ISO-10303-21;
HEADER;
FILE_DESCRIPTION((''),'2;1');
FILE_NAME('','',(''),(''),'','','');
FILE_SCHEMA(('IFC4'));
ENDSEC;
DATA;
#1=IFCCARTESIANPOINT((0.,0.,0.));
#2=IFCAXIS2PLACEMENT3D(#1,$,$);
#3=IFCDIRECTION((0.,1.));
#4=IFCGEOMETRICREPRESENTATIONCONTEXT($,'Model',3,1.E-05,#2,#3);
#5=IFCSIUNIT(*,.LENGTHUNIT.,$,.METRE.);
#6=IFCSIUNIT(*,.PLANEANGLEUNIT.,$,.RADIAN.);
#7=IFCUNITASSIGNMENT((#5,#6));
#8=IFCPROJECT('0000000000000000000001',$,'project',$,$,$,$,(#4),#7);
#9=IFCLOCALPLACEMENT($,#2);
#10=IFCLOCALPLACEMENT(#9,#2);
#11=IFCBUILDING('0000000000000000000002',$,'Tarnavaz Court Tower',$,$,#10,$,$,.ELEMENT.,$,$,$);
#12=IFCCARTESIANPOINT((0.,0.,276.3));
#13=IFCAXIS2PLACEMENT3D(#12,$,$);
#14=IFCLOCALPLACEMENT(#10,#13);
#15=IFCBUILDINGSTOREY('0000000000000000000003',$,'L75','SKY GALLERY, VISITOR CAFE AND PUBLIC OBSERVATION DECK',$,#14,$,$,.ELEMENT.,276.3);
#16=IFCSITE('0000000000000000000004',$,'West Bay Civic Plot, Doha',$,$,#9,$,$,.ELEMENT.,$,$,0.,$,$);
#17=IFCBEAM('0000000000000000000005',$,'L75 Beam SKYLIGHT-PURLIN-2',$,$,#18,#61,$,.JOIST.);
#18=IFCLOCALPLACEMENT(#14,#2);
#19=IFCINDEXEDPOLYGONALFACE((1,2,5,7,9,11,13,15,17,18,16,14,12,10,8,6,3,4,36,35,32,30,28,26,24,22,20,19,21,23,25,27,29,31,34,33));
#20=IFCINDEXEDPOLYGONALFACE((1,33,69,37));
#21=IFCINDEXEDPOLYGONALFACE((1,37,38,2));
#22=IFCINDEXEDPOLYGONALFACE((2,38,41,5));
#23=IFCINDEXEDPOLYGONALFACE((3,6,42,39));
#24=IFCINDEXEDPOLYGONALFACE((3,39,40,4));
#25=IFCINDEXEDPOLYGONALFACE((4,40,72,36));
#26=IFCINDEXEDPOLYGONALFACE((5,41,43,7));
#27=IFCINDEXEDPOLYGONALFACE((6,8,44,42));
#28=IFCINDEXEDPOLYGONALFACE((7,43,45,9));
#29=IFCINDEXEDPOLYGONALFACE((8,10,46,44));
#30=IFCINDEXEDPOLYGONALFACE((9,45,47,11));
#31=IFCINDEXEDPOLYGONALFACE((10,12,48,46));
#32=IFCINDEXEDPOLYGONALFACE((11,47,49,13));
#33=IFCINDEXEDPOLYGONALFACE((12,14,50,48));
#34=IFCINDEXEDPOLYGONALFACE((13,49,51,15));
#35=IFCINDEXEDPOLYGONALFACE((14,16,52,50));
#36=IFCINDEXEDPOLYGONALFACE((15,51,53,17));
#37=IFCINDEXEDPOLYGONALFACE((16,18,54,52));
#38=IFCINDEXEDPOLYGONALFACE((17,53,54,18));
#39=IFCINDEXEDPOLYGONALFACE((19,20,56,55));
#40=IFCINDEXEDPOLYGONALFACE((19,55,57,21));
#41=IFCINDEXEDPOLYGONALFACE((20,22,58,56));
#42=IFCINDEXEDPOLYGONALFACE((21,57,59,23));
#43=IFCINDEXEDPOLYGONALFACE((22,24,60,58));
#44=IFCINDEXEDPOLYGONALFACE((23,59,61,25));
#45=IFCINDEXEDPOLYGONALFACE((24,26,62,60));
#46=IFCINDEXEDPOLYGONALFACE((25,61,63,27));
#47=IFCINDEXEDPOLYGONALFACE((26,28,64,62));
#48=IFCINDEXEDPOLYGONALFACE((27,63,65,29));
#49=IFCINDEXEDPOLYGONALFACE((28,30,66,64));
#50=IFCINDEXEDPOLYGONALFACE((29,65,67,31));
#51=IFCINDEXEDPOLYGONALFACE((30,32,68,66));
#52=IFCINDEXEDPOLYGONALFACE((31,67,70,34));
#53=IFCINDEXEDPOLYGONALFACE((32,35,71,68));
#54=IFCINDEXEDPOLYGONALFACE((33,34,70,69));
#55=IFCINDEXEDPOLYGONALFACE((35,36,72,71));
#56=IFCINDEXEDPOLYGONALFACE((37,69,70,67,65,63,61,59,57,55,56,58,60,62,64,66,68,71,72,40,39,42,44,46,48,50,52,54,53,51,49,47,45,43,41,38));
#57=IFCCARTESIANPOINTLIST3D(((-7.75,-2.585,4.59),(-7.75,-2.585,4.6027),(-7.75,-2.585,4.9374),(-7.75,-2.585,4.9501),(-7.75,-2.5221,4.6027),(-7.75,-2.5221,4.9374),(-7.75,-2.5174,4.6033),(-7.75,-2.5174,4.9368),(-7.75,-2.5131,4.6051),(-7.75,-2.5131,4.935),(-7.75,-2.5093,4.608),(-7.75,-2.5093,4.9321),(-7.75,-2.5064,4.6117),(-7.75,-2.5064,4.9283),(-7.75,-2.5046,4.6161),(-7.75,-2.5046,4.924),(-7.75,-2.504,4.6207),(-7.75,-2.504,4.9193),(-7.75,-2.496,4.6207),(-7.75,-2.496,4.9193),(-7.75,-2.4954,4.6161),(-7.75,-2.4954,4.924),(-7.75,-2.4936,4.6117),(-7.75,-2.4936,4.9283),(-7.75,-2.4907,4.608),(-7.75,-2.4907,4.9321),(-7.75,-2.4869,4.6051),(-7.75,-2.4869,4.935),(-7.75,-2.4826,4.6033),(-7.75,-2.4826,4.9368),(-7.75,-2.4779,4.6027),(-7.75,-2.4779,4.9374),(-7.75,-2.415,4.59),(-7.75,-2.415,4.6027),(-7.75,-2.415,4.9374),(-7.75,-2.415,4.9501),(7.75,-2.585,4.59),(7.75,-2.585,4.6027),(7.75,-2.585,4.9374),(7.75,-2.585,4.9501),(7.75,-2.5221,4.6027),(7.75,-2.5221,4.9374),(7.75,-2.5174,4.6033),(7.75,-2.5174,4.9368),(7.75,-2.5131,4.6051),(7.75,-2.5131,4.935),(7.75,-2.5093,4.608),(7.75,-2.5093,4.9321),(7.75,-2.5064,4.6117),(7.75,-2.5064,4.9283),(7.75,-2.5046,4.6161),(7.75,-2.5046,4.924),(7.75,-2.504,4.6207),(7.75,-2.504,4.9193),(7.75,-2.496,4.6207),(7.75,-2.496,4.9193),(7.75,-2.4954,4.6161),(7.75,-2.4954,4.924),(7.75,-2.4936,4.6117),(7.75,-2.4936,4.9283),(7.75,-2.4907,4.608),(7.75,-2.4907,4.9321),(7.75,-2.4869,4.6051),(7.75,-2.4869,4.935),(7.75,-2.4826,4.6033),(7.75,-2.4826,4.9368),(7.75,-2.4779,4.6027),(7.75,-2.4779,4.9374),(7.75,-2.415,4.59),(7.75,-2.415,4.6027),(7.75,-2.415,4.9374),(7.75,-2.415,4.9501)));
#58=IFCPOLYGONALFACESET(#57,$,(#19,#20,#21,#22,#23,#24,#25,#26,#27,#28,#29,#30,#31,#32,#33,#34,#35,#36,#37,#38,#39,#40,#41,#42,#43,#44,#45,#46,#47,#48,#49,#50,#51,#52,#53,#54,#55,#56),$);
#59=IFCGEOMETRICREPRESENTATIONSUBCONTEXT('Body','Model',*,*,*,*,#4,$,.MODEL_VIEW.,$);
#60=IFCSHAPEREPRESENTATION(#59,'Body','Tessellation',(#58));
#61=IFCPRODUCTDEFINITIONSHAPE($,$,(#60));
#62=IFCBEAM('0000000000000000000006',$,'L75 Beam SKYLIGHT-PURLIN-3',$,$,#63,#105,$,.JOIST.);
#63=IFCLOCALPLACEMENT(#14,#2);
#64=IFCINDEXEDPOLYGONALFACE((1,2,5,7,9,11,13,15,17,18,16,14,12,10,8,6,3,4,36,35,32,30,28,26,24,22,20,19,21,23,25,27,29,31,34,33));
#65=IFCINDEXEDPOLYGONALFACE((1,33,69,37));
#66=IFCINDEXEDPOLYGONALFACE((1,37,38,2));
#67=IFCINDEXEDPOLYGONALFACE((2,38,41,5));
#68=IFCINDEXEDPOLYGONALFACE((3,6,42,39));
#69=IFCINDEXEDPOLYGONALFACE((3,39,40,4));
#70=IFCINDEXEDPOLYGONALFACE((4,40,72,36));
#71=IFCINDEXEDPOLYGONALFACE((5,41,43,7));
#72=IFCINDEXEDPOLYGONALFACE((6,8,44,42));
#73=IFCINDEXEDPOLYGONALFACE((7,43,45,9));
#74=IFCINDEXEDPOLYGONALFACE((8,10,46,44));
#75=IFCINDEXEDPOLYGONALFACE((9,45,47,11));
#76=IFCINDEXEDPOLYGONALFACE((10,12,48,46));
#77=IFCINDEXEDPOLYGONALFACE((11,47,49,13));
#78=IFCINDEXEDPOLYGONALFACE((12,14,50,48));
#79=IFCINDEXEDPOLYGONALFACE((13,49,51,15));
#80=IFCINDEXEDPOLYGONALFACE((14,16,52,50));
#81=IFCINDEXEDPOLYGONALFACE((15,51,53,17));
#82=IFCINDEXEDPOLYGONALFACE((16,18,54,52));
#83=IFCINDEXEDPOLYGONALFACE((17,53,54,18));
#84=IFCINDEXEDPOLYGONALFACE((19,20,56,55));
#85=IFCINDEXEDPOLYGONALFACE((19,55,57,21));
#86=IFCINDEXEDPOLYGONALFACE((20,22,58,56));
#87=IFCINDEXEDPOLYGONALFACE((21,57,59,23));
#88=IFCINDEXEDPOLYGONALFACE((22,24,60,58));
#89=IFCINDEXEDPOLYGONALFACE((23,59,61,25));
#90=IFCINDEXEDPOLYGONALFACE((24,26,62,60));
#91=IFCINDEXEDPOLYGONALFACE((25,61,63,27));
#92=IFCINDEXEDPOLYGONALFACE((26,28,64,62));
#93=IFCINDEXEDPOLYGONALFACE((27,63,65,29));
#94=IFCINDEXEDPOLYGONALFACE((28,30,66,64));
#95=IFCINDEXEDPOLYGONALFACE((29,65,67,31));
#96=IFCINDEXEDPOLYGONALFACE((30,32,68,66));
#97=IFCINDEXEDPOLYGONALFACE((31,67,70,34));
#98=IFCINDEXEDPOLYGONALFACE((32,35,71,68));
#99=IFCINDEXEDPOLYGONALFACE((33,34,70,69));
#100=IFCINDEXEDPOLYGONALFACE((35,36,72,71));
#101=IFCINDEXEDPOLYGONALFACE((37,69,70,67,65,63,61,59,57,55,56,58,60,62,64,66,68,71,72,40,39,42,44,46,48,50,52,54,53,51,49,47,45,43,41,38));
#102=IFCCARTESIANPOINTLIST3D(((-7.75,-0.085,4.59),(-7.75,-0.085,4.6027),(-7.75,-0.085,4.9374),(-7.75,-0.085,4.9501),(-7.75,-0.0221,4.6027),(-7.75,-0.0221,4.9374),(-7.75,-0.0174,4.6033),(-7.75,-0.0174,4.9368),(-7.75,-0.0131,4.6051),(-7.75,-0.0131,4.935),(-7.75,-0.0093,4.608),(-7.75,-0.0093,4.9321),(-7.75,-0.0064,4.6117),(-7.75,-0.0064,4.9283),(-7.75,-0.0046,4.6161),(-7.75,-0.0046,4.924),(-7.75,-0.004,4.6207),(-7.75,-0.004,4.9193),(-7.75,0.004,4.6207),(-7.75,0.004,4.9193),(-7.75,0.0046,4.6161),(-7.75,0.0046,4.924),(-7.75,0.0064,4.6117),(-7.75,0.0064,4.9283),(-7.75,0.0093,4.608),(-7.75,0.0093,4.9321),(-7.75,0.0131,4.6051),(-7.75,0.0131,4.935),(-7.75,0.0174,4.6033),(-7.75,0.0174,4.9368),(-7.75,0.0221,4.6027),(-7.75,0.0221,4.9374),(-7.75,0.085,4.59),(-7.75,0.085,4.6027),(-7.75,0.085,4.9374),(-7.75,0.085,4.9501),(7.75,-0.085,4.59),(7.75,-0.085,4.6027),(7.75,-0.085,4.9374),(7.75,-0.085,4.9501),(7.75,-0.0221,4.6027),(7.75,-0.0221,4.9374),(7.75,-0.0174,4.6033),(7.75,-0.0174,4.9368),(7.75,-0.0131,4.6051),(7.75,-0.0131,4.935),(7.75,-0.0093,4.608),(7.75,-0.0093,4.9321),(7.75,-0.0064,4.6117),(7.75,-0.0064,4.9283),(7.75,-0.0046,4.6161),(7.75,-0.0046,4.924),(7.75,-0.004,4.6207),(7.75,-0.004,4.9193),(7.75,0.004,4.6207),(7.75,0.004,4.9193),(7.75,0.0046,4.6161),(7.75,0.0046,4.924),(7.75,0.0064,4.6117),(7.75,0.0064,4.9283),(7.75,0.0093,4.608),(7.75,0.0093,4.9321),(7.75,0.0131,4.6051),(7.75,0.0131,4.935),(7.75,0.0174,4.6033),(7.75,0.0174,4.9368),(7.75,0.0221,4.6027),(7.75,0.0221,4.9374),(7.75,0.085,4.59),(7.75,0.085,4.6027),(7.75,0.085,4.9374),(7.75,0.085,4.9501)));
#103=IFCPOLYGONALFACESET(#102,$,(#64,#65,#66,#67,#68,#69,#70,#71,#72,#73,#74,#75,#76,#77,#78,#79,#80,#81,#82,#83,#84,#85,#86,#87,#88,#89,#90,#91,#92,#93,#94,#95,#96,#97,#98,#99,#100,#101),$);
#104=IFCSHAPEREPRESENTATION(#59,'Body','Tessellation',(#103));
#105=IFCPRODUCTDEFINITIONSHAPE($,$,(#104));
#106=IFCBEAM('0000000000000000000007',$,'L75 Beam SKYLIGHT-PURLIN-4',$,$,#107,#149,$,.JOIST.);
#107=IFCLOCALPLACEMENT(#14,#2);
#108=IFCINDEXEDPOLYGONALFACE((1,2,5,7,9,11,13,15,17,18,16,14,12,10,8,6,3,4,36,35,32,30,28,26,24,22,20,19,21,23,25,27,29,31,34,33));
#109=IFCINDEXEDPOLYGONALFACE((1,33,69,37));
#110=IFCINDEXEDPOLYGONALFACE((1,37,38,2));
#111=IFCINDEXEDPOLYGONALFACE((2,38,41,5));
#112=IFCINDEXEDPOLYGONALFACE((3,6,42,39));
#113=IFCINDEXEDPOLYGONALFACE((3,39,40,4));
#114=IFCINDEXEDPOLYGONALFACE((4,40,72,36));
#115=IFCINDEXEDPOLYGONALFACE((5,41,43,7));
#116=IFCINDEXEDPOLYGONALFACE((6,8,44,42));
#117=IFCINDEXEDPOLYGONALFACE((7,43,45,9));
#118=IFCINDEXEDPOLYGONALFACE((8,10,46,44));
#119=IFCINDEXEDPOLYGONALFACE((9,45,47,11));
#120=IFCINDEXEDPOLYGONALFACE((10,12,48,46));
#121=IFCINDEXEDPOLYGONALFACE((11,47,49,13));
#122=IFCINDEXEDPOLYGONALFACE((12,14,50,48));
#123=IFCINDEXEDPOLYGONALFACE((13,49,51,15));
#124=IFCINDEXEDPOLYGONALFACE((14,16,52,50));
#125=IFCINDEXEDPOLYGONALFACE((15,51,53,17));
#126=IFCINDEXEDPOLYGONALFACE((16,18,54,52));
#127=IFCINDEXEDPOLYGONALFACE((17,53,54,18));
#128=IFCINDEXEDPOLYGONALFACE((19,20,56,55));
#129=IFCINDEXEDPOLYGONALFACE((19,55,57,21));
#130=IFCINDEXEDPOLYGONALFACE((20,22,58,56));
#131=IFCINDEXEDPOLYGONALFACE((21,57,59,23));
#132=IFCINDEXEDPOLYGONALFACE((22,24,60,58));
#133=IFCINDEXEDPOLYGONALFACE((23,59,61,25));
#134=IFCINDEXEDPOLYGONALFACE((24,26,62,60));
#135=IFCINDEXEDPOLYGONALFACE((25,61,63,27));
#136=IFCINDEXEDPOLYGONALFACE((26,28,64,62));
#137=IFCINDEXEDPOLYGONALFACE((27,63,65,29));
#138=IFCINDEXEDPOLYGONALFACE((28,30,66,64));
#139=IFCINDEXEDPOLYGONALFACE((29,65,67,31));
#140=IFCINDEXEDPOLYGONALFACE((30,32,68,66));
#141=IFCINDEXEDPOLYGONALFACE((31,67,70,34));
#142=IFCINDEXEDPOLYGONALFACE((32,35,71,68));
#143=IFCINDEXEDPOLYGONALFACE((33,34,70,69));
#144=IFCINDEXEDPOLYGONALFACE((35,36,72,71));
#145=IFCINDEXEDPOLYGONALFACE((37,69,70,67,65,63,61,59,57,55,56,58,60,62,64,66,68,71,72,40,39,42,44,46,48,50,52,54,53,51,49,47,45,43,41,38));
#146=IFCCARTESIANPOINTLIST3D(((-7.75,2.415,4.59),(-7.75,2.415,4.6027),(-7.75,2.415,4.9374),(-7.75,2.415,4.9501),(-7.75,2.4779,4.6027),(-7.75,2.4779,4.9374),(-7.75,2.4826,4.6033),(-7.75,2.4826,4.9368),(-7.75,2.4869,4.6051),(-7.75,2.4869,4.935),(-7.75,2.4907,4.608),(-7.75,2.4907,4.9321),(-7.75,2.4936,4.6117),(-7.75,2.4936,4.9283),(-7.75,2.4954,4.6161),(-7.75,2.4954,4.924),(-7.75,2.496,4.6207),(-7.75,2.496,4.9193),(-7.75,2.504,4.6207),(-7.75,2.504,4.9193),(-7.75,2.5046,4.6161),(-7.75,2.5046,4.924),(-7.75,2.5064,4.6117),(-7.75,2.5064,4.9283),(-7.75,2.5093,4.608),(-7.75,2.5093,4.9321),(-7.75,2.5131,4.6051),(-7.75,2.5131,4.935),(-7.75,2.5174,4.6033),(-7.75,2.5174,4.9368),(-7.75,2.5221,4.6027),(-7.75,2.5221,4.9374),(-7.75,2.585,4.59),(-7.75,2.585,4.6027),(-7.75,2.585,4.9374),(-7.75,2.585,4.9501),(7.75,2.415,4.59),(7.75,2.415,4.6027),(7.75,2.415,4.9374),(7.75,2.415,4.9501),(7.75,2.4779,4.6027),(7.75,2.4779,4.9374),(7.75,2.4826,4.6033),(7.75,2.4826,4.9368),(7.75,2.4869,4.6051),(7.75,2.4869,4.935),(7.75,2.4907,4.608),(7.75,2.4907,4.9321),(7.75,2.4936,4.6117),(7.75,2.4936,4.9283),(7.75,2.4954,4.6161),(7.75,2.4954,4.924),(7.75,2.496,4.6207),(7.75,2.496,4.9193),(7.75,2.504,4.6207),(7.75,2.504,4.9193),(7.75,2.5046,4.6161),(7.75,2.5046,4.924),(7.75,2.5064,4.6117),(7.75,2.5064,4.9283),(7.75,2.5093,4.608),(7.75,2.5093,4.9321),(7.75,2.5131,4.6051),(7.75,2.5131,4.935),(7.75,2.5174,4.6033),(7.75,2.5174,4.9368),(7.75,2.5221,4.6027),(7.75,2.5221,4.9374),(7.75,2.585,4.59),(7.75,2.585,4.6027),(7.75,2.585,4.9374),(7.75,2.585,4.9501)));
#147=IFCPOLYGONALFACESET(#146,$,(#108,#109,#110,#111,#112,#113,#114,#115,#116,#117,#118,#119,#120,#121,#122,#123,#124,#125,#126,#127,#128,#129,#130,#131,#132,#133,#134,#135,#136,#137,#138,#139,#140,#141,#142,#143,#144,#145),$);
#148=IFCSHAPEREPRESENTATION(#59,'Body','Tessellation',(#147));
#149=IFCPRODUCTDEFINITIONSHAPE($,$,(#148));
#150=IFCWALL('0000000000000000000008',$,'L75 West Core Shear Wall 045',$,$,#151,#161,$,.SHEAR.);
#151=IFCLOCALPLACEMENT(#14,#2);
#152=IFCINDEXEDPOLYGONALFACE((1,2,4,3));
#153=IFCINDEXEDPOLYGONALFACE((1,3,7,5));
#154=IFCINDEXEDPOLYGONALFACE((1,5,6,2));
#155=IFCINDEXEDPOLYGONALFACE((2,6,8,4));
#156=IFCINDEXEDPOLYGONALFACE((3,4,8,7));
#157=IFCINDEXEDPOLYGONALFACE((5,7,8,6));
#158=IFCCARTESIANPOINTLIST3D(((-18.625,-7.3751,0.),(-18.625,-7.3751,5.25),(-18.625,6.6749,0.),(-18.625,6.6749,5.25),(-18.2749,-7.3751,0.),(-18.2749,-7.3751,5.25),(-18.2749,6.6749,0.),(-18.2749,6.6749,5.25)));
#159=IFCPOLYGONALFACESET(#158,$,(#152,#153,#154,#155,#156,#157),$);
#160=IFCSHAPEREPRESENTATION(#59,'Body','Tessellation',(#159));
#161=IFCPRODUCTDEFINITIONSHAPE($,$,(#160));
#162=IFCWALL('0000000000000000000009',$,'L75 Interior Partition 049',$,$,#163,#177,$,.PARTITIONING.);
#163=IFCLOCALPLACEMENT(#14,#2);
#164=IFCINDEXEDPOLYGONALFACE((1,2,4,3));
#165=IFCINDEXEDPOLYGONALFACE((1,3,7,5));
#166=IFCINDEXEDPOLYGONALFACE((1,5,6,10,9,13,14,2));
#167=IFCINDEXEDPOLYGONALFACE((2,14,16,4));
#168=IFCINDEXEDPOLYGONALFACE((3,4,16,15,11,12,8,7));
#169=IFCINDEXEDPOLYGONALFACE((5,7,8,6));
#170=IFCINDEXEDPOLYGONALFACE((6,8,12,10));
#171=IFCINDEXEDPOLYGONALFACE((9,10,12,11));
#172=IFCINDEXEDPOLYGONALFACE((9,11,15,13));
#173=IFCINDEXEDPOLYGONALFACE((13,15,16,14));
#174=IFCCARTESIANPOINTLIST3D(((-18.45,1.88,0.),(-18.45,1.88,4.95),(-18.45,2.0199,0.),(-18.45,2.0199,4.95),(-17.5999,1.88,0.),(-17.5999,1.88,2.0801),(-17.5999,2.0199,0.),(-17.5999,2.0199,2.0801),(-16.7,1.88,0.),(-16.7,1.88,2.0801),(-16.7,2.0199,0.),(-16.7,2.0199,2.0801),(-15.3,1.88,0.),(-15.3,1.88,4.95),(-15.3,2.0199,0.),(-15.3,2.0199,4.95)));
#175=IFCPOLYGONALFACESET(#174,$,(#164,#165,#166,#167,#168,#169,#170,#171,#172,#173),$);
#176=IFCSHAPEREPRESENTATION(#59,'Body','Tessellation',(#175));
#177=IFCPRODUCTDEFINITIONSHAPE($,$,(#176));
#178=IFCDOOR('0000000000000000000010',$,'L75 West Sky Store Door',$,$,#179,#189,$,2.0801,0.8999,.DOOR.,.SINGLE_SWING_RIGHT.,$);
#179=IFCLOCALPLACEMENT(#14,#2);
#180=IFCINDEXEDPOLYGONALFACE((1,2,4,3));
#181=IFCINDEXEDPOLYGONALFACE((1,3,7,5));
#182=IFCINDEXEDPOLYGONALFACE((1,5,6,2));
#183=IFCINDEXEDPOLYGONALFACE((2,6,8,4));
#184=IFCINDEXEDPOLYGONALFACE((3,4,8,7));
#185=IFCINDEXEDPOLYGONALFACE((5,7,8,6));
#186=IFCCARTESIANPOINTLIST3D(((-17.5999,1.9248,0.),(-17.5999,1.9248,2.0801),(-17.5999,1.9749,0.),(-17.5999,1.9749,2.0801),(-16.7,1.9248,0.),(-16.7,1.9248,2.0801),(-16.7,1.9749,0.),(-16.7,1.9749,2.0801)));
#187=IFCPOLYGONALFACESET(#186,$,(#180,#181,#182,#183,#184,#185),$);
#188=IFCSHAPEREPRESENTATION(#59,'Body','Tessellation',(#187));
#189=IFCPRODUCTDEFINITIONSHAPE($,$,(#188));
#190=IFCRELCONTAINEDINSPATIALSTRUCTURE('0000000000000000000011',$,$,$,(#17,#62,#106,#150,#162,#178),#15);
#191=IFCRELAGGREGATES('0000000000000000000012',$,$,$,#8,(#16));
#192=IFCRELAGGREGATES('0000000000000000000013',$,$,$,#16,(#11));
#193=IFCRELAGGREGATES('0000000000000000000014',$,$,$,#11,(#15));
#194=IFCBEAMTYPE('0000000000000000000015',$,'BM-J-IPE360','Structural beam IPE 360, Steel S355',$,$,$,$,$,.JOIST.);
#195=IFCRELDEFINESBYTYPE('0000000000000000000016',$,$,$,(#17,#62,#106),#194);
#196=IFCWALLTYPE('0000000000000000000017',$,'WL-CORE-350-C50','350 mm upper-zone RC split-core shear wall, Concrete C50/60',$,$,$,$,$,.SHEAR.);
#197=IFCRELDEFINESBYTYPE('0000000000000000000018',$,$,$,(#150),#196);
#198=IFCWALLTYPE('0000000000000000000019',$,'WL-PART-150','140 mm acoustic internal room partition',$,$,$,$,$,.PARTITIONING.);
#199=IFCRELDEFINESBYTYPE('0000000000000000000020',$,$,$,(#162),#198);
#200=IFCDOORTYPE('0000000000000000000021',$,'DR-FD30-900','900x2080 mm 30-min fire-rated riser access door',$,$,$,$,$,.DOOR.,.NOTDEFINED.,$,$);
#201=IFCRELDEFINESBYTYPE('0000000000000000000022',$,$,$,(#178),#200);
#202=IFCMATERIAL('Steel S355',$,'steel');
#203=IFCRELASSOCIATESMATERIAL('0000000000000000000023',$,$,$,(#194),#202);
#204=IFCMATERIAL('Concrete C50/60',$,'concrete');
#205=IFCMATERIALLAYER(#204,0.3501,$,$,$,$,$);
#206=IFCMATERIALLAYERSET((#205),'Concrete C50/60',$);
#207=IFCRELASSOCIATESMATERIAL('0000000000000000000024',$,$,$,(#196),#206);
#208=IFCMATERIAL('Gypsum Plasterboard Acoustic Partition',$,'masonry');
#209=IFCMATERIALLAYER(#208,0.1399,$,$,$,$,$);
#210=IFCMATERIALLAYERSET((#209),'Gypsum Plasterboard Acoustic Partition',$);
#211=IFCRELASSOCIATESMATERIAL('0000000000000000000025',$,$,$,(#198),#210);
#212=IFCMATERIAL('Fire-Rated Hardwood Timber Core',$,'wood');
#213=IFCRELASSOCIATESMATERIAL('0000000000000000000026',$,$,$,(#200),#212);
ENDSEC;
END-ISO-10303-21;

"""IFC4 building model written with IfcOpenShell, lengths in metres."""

from ifc_helpers import new_model, si_unit, direction, frame, frame_2d, origin, origin_2d, place, context, subcontext, project, spatial, rectangle, i_section, extrude, material, layer, layer_set, material_profile, profile_set, type_object, element, fill, save


model = new_model("IFC4")

# Units and contexts
model_context = context("Model", 3, precision=1e-05, world=origin(), true_north=direction((0.0, 1.0)))
body_context = subcontext(model_context, "Body", "Model", "MODEL_VIEW")
ifc_project = project(units=[si_unit("LENGTHUNIT", "METRE"), si_unit("PLANEANGLEUNIT", "RADIAN")], contexts=[model_context])

# Site, building, storey
site_placement = place(None, origin())
site = spatial("IfcSite", under=ifc_project, at=site_placement, Name="West Bay Civic Plot, Doha", CompositionType="ELEMENT", RefElevation=0.0)
building_placement = place(site_placement, origin())
building = spatial("IfcBuilding", under=site, at=building_placement, Name="Tarnavaz Court Tower", CompositionType="ELEMENT")
storey_placement = place(building_placement, frame((0.0, 0.0, 276.3)))
storey = spatial("IfcBuildingStorey", under=building, at=storey_placement, Name="L75", Description="SKY GALLERY, VISITOR CAFE AND PUBLIC OBSERVATION DECK", CompositionType="ELEMENT", Elevation=276.3)

# Shared definitions
ifc_material_1 = material(Name="Concrete C50/60", Category="concrete")

# Beams
ifc_material_2 = material(Name="Steel S355", Category="steel")
ifc_material_profile_1 = material_profile(ifc_material_2, i_section(OverallWidth=0.1699, OverallDepth=0.3601, WebThickness=0.0081, FlangeThickness=0.0127, FilletRadius=0.0181, at=origin_2d()), Name="IPE 360")
ifc_profile_set_1 = profile_set([ifc_material_profile_1], Name="Steel S355")
beam_type_1 = type_object("IfcBeamType", Name="BM-J-IPE360", Description="Structural beam IPE 360, Steel S355", PredefinedType="JOIST", material=ifc_profile_set_1)
for number, where, z_axis, x_axis, name in (
    (1, (-7.75, -2.5, 4.77), (1.0, 0.0, 0.0), (0.0, 1.0, 0.0), "L75 Beam SKYLIGHT-PURLIN-2"),
    (2, (-7.75, 0.0, 4.77), (1.0, 0.0, 0.0), (0.0, 1.0, 0.0), "L75 Beam SKYLIGHT-PURLIN-3"),
    (3, (-7.75, 2.5, 4.77), (1.0, 0.0, 0.0), (0.0, 1.0, 0.0), "L75 Beam SKYLIGHT-PURLIN-4"),
):
    element("IfcBeam", number, at=place(storey_placement, frame(where, z_axis=z_axis, x_axis=x_axis)), inside=storey, type_object=beam_type_1, Name=name, PredefinedType="JOIST", context=body_context, shape_type="SweptSolid", body=[
        extrude(i_section(OverallWidth=0.1699, OverallDepth=0.3601, WebThickness=0.0081, FlangeThickness=0.0127, FilletRadius=0.0181, at=origin_2d()), origin(), (0.0, 0.0, 1.0), 15.5),
    ])

# Wall
ifc_layer_1 = layer(ifc_material_1, 0.3501)
ifc_layer_set_1 = layer_set([ifc_layer_1], Name="Concrete C50/60")
wall_type_1 = type_object("IfcWallType", Name="WL-CORE-350-C50", Description="350 mm upper-zone RC split-core shear wall, Concrete C50/60", PredefinedType="SHEAR", material=ifc_layer_set_1)
wall_1_placement = place(storey_placement, frame((-18.45, -7.375, 0.0), z_axis=(0.0, 0.0, 1.0), x_axis=(0.0, 1.0, 0.0)))
element("IfcWall", 4, at=wall_1_placement, inside=storey, type_object=wall_type_1, Name="L75 West Core Shear Wall 045", PredefinedType="SHEAR", context=body_context, shape_type="SweptSolid", body=[
    extrude(rectangle(XDim=14.05, YDim=0.3501, at=frame_2d((7.0249, 0.0))), origin(), (0.0, 0.0, 1.0), 5.25),
])

# Wall, opening, door
ifc_material_3 = material(Name="Gypsum Plasterboard Acoustic Partition", Category="masonry")
ifc_layer_2 = layer(ifc_material_3, 0.1399)
ifc_layer_set_2 = layer_set([ifc_layer_2], Name="Gypsum Plasterboard Acoustic Partition")
wall_type_2 = type_object("IfcWallType", Name="WL-PART-150", Description="140 mm acoustic internal room partition", PredefinedType="PARTITIONING", material=ifc_layer_set_2)
wall_2_placement = place(storey_placement, frame((-18.45, 1.95, 0.0), z_axis=(0.0, 0.0, 1.0), x_axis=(1.0, 0.0, 0.0)))
wall_2 = element("IfcWall", 5, at=wall_2_placement, inside=storey, type_object=wall_type_2, Name="L75 Interior Partition 049", PredefinedType="PARTITIONING", context=body_context, shape_type="SweptSolid", body=[
    extrude(rectangle(XDim=3.1499, YDim=0.1399, at=frame_2d((1.575, 0.0))), origin(), (0.0, 0.0, 1.0), 4.95),
])
opening_1_placement = place(wall_2_placement, frame((0.8501, 0.0, 0.0)))
opening_1 = element("IfcOpeningElement", 6, at=opening_1_placement, cuts=wall_2, PredefinedType="OPENING", context=body_context, shape_type="SweptSolid", body=[
    extrude(rectangle(XDim=0.8999, YDim=2.0801, at=frame_2d((0.45, 1.04))), frame((0.0, 0.0798, 0.0), z_axis=(0.0, -1.0, 0.0), x_axis=(1.0, 0.0, 0.0)), (0.0, 0.0, 1.0), 0.1599),
])
ifc_material_4 = material(Name="Fire-Rated Hardwood Timber Core", Category="wood")
door_type_1 = type_object("IfcDoorType", Name="DR-FD30-900", Description="900x2080 mm 30-min fire-rated riser access door", OperationType="NOTDEFINED", PredefinedType="DOOR", material=ifc_material_4)
door_1_placement = place(opening_1_placement, origin())
door_1 = element("IfcDoor", 7, at=door_1_placement, inside=storey, type_object=door_type_1, Name="L75 West Sky Store Door", OperationType="SINGLE_SWING_RIGHT", OverallHeight=2.0801, OverallWidth=0.8999, PredefinedType="DOOR", context=body_context, shape_type="SweptSolid", body=[
    extrude(rectangle(XDim=0.8999, YDim=2.0801, at=frame_2d((0.45, 1.04))), frame((0.0, 0.0249, 0.0), z_axis=(0.0, -1.0, 0.0), x_axis=(1.0, 0.0, 0.0)), (0.0, 0.0, 1.0), 0.05),
])
fill(opening_1, door_1)

save(model, "model.ifc")
